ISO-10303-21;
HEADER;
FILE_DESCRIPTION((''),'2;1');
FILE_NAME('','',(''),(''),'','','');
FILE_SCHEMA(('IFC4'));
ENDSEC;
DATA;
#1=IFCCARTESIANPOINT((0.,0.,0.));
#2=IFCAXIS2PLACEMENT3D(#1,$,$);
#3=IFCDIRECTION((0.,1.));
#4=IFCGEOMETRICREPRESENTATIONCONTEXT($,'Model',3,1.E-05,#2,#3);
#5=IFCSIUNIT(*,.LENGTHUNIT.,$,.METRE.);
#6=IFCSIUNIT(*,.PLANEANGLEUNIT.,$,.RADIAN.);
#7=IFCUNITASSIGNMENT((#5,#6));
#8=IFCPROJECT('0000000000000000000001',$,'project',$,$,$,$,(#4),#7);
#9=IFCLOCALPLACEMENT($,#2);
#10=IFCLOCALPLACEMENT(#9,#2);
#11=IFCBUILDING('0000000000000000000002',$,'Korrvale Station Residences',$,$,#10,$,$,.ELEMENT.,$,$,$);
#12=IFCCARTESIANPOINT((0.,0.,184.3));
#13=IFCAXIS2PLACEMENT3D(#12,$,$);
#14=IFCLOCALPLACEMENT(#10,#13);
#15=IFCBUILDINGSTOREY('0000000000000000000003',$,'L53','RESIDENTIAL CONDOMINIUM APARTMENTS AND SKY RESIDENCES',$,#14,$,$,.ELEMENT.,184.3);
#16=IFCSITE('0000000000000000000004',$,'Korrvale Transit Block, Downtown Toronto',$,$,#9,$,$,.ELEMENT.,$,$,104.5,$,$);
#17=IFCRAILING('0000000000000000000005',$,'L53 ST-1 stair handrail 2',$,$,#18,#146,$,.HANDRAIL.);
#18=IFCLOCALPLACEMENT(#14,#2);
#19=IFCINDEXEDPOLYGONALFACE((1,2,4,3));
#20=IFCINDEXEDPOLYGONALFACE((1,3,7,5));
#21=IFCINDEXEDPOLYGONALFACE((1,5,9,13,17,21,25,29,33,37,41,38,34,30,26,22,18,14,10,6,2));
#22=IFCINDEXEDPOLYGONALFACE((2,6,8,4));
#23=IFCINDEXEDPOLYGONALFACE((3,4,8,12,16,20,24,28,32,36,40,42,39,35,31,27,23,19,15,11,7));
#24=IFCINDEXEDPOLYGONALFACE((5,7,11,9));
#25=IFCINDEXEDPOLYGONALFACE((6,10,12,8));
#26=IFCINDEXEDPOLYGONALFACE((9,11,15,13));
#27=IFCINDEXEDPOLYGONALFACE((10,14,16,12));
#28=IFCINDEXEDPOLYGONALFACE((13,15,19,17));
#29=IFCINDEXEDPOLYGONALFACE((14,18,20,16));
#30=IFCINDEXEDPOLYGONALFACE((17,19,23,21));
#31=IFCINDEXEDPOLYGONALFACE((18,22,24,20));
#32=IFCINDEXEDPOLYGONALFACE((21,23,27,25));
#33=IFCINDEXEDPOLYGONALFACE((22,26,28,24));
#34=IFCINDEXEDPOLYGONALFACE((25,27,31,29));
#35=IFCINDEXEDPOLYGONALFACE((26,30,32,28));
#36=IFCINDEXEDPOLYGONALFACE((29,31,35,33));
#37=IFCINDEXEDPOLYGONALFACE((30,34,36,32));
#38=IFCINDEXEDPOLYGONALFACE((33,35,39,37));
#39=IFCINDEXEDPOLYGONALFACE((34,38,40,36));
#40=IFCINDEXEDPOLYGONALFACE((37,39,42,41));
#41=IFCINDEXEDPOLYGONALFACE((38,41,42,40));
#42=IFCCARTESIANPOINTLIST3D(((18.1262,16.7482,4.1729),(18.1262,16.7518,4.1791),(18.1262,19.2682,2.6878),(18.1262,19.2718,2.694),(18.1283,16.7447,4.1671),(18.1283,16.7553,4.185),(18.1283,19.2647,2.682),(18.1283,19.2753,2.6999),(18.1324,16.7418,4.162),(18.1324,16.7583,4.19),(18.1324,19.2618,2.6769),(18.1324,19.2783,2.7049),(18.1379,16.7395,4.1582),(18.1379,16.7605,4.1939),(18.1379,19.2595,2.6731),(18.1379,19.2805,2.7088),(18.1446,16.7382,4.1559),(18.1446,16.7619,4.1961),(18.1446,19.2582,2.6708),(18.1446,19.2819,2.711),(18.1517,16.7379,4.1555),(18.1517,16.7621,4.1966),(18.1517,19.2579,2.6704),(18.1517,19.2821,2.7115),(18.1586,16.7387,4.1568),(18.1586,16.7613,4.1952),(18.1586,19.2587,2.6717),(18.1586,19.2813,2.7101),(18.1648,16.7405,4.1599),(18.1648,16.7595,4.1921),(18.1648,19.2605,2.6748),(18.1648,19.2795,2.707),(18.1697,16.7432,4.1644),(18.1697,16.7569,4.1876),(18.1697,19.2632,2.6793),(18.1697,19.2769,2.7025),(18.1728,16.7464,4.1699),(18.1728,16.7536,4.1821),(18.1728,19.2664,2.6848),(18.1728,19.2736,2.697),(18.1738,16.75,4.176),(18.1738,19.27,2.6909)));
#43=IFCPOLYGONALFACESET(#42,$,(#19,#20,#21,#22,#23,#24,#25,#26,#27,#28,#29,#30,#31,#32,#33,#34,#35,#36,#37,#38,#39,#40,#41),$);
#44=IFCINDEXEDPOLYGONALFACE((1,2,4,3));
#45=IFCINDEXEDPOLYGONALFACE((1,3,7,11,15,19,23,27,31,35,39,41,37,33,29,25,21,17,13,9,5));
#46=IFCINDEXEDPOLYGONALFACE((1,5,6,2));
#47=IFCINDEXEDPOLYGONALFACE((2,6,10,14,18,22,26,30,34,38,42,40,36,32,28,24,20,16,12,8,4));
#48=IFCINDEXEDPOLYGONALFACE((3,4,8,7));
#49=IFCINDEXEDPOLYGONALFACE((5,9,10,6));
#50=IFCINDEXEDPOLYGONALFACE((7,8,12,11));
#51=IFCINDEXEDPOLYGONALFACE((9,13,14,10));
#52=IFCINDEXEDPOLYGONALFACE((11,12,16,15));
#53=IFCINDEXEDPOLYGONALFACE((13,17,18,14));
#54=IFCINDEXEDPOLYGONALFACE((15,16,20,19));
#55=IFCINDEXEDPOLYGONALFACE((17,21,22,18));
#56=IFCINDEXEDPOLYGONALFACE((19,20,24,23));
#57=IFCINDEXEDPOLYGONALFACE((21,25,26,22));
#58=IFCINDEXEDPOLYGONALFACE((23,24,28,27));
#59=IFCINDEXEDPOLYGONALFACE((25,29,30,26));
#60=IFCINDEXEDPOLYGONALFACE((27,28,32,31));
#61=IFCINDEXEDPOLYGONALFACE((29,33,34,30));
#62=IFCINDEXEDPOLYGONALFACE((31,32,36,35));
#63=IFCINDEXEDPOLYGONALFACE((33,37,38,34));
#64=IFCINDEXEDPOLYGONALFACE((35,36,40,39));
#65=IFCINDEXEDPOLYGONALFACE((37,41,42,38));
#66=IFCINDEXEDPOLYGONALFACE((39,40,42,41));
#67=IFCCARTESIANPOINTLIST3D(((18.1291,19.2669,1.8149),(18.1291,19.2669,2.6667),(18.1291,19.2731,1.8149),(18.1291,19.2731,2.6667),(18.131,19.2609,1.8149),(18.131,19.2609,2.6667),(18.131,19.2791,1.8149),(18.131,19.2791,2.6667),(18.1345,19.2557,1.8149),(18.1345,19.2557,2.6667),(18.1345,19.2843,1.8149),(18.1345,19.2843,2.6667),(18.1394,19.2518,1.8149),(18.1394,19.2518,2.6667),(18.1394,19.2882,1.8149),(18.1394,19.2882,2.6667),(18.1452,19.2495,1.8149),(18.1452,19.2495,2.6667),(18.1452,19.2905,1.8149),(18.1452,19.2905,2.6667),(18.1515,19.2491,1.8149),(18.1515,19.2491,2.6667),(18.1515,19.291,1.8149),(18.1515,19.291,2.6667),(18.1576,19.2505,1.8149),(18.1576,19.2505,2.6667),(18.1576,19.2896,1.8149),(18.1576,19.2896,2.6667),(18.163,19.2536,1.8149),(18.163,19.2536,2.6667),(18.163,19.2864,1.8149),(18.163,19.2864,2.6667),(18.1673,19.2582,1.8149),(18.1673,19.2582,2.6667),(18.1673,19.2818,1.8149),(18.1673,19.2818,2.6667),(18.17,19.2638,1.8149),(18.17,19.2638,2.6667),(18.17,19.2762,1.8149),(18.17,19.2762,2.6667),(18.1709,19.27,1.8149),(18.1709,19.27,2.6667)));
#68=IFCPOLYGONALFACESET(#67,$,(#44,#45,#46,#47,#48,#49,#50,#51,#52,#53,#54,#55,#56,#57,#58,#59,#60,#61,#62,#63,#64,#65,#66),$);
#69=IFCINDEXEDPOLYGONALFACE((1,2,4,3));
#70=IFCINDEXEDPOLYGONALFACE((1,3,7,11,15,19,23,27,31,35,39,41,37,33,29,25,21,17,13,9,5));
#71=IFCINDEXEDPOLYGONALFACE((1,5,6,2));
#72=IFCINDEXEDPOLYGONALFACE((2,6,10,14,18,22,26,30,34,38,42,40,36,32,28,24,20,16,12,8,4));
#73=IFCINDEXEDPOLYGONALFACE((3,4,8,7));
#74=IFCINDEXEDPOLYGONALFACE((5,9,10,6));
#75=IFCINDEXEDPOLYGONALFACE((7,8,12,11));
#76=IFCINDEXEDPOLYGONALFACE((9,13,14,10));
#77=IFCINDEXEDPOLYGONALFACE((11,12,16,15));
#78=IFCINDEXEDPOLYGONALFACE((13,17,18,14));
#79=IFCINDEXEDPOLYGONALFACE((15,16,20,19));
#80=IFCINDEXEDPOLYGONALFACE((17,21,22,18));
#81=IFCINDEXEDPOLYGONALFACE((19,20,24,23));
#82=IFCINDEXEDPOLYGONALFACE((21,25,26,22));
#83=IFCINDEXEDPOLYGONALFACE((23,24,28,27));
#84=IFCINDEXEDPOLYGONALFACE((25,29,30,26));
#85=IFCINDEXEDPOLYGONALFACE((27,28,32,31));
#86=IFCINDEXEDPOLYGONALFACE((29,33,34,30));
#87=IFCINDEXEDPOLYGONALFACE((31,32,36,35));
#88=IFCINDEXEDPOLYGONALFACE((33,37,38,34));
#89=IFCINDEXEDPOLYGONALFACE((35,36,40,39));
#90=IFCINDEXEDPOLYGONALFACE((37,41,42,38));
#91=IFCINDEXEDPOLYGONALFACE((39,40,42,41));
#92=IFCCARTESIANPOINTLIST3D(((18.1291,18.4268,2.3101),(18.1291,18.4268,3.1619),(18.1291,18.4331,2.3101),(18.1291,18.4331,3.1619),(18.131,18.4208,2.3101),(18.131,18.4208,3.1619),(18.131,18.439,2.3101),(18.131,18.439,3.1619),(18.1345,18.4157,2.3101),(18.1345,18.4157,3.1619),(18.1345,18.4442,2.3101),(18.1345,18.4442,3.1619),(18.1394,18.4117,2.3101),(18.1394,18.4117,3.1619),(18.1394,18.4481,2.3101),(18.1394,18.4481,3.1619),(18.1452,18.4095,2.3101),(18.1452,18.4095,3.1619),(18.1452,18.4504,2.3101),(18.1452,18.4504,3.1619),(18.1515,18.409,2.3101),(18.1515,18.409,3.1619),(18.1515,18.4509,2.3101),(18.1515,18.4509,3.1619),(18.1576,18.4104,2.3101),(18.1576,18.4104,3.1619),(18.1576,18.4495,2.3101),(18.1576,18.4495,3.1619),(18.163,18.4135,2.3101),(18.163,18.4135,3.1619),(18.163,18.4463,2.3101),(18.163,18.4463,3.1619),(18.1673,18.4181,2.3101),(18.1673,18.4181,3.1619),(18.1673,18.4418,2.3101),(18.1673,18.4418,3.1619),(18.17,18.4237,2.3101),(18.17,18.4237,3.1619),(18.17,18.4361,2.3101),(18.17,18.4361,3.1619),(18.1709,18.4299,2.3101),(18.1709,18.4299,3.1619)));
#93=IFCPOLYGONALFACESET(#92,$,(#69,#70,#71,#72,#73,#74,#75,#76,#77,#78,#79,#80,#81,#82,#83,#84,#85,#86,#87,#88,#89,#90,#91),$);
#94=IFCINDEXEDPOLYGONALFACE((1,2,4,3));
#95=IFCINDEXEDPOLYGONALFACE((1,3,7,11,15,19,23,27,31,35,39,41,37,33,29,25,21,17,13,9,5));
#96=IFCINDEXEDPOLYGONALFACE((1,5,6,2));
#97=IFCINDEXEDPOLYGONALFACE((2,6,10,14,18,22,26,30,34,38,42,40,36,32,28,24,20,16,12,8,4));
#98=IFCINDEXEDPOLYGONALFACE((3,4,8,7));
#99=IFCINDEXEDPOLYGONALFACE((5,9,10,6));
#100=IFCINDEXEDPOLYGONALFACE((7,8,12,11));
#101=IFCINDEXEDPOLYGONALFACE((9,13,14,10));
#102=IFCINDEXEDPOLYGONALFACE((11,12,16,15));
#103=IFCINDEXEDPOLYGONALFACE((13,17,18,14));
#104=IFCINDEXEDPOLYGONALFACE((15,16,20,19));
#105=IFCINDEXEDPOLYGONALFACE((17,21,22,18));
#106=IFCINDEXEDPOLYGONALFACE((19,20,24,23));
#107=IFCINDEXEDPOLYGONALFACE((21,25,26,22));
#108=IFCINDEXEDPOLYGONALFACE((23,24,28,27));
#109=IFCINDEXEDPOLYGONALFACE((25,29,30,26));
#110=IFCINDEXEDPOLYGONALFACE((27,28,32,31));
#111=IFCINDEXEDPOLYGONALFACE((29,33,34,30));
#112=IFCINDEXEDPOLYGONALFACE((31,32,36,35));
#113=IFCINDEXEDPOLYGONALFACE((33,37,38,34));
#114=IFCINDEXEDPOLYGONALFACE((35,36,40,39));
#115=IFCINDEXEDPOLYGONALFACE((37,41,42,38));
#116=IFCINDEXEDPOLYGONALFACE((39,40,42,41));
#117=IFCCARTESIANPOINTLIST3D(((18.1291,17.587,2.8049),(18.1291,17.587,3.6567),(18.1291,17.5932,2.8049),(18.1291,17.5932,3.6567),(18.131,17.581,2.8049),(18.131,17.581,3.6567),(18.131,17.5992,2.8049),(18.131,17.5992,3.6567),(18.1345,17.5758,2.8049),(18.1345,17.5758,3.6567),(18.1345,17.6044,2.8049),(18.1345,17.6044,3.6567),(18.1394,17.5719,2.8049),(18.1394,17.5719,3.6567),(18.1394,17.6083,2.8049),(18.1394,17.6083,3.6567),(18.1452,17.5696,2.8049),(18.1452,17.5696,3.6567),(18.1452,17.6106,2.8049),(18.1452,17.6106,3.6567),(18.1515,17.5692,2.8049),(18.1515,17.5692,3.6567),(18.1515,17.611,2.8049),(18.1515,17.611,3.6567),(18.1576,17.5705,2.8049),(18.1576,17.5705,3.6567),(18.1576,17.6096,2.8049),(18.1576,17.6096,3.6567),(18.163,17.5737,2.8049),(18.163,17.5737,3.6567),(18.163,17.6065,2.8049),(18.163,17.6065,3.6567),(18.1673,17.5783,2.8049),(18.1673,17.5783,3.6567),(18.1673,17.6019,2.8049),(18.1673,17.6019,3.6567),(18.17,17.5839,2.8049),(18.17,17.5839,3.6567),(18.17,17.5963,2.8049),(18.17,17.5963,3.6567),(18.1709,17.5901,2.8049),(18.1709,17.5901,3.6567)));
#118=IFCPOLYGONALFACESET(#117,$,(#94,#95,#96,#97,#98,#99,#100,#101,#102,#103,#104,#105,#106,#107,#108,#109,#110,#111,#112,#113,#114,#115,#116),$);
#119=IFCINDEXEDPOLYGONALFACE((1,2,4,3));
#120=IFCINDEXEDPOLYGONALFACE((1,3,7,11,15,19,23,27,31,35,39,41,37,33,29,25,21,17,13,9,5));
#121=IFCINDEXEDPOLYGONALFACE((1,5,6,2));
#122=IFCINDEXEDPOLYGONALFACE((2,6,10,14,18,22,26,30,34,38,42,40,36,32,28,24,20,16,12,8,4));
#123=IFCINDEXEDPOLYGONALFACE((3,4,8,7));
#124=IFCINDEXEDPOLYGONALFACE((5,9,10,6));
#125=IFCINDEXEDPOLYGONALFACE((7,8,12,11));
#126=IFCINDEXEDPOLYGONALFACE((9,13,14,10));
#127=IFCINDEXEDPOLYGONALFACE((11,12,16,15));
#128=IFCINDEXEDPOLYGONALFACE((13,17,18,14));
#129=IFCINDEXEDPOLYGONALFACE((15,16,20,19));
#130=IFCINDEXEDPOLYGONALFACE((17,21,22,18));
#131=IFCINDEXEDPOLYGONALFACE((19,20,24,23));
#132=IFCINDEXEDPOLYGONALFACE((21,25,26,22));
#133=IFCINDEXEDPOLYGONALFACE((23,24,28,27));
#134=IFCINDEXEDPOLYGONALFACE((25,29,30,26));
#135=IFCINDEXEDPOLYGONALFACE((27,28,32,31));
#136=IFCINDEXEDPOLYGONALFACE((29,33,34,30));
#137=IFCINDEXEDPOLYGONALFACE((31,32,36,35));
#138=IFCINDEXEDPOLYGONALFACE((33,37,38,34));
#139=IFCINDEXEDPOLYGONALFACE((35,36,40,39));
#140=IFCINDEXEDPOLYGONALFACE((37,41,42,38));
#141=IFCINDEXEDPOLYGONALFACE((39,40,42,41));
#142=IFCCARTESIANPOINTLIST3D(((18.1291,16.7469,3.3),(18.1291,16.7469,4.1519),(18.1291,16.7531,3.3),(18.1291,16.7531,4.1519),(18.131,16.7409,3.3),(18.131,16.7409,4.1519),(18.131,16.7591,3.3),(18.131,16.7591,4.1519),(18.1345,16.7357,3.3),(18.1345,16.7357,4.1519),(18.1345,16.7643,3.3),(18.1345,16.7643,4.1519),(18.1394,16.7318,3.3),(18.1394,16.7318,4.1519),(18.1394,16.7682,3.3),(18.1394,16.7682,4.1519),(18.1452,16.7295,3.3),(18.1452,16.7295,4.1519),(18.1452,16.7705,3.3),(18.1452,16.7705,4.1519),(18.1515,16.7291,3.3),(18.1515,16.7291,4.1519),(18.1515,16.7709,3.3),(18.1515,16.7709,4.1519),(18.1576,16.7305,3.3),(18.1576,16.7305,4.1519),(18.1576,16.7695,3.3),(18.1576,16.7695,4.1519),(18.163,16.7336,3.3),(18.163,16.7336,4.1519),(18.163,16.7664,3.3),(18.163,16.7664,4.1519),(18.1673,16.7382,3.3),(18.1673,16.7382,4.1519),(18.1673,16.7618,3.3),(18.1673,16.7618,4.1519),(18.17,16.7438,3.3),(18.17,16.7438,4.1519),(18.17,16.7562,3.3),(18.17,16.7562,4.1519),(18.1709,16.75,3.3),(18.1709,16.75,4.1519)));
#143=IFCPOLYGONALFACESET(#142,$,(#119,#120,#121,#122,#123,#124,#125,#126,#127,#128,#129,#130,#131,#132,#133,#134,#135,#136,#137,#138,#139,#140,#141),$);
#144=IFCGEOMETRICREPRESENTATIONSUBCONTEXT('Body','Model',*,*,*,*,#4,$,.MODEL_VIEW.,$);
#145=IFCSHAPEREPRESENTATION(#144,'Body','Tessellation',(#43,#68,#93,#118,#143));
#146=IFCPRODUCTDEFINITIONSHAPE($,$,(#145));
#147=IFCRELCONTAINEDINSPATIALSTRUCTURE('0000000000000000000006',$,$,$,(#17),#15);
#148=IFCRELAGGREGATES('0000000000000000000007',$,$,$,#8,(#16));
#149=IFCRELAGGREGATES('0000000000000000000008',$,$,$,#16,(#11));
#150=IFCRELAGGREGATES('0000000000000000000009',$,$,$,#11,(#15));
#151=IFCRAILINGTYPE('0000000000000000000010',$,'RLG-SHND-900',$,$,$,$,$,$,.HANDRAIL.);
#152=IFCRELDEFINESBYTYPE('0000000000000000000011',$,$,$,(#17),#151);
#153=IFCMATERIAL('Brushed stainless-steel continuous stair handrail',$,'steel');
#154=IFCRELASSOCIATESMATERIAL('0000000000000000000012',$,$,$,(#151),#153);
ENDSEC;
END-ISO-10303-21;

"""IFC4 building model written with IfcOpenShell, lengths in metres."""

from ifc_helpers import new_model, si_unit, direction, frame, origin, origin_2d, place, context, subcontext, project, spatial, circle, extrude, material, type_object, element, save


model = new_model("IFC4")

# Units and contexts
model_context = context("Model", 3, precision=1e-05, world=origin(), true_north=direction((0.0, 1.0)))
body_context = subcontext(model_context, "Body", "Model", "MODEL_VIEW")
ifc_project = project(units=[si_unit("LENGTHUNIT", "METRE"), si_unit("PLANEANGLEUNIT", "RADIAN")], contexts=[model_context])

# Site, building, storey
site_placement = place(None, origin())
site = spatial("IfcSite", under=ifc_project, at=site_placement, Name="Korrvale Transit Block, Downtown Toronto", CompositionType="ELEMENT", RefElevation=104.5)
building_placement = place(site_placement, origin())
building = spatial("IfcBuilding", under=site, at=building_placement, Name="Korrvale Station Residences", CompositionType="ELEMENT")
storey_placement = place(building_placement, frame((0.0, 0.0, 184.3)))
storey = spatial("IfcBuildingStorey", under=building, at=storey_placement, Name="L53", Description="RESIDENTIAL CONDOMINIUM APARTMENTS AND SKY RESIDENCES", CompositionType="ELEMENT", Elevation=184.3)

# Railing
ifc_material_1 = material(Name="Brushed stainless-steel continuous stair handrail", Category="steel")
railing_type_1 = type_object("IfcRailingType", Name="RLG-SHND-900", PredefinedType="HANDRAIL", material=ifc_material_1)
railing_1_placement = place(storey_placement, frame((18.1499, 19.27, 1.8149)))
element("IfcRailing", 1, at=railing_1_placement, inside=storey, type_object=railing_type_1, Name="L53 ST-1 stair handrail 2", PredefinedType="HANDRAIL", context=body_context, shape_type="SweptSolid", body=[
    extrude(circle(Radius=0.0239, at=origin_2d()), frame((0.0, 0.0, 0.876), z_axis=(0.0, -0.861524, 0.507717), x_axis=(1.0, 0.0, 0.0)), (0.0, 0.0, 1.0), 2.925),
    extrude(circle(Radius=0.021, at=origin_2d()), origin(), (0.0, 0.0, 1.0), 0.8518),
    extrude(circle(Radius=0.021, at=origin_2d()), frame((0.0, -0.8401, 0.4951)), (0.0, 0.0, 1.0), 0.8518),
    extrude(circle(Radius=0.021, at=origin_2d()), frame((0.0, -1.6799, 0.99)), (0.0, 0.0, 1.0), 0.8518),
    extrude(circle(Radius=0.021, at=origin_2d()), frame((0.0, -2.52, 1.4851)), (0.0, 0.0, 1.0), 0.8518),
])

save(model, "model.ifc")
